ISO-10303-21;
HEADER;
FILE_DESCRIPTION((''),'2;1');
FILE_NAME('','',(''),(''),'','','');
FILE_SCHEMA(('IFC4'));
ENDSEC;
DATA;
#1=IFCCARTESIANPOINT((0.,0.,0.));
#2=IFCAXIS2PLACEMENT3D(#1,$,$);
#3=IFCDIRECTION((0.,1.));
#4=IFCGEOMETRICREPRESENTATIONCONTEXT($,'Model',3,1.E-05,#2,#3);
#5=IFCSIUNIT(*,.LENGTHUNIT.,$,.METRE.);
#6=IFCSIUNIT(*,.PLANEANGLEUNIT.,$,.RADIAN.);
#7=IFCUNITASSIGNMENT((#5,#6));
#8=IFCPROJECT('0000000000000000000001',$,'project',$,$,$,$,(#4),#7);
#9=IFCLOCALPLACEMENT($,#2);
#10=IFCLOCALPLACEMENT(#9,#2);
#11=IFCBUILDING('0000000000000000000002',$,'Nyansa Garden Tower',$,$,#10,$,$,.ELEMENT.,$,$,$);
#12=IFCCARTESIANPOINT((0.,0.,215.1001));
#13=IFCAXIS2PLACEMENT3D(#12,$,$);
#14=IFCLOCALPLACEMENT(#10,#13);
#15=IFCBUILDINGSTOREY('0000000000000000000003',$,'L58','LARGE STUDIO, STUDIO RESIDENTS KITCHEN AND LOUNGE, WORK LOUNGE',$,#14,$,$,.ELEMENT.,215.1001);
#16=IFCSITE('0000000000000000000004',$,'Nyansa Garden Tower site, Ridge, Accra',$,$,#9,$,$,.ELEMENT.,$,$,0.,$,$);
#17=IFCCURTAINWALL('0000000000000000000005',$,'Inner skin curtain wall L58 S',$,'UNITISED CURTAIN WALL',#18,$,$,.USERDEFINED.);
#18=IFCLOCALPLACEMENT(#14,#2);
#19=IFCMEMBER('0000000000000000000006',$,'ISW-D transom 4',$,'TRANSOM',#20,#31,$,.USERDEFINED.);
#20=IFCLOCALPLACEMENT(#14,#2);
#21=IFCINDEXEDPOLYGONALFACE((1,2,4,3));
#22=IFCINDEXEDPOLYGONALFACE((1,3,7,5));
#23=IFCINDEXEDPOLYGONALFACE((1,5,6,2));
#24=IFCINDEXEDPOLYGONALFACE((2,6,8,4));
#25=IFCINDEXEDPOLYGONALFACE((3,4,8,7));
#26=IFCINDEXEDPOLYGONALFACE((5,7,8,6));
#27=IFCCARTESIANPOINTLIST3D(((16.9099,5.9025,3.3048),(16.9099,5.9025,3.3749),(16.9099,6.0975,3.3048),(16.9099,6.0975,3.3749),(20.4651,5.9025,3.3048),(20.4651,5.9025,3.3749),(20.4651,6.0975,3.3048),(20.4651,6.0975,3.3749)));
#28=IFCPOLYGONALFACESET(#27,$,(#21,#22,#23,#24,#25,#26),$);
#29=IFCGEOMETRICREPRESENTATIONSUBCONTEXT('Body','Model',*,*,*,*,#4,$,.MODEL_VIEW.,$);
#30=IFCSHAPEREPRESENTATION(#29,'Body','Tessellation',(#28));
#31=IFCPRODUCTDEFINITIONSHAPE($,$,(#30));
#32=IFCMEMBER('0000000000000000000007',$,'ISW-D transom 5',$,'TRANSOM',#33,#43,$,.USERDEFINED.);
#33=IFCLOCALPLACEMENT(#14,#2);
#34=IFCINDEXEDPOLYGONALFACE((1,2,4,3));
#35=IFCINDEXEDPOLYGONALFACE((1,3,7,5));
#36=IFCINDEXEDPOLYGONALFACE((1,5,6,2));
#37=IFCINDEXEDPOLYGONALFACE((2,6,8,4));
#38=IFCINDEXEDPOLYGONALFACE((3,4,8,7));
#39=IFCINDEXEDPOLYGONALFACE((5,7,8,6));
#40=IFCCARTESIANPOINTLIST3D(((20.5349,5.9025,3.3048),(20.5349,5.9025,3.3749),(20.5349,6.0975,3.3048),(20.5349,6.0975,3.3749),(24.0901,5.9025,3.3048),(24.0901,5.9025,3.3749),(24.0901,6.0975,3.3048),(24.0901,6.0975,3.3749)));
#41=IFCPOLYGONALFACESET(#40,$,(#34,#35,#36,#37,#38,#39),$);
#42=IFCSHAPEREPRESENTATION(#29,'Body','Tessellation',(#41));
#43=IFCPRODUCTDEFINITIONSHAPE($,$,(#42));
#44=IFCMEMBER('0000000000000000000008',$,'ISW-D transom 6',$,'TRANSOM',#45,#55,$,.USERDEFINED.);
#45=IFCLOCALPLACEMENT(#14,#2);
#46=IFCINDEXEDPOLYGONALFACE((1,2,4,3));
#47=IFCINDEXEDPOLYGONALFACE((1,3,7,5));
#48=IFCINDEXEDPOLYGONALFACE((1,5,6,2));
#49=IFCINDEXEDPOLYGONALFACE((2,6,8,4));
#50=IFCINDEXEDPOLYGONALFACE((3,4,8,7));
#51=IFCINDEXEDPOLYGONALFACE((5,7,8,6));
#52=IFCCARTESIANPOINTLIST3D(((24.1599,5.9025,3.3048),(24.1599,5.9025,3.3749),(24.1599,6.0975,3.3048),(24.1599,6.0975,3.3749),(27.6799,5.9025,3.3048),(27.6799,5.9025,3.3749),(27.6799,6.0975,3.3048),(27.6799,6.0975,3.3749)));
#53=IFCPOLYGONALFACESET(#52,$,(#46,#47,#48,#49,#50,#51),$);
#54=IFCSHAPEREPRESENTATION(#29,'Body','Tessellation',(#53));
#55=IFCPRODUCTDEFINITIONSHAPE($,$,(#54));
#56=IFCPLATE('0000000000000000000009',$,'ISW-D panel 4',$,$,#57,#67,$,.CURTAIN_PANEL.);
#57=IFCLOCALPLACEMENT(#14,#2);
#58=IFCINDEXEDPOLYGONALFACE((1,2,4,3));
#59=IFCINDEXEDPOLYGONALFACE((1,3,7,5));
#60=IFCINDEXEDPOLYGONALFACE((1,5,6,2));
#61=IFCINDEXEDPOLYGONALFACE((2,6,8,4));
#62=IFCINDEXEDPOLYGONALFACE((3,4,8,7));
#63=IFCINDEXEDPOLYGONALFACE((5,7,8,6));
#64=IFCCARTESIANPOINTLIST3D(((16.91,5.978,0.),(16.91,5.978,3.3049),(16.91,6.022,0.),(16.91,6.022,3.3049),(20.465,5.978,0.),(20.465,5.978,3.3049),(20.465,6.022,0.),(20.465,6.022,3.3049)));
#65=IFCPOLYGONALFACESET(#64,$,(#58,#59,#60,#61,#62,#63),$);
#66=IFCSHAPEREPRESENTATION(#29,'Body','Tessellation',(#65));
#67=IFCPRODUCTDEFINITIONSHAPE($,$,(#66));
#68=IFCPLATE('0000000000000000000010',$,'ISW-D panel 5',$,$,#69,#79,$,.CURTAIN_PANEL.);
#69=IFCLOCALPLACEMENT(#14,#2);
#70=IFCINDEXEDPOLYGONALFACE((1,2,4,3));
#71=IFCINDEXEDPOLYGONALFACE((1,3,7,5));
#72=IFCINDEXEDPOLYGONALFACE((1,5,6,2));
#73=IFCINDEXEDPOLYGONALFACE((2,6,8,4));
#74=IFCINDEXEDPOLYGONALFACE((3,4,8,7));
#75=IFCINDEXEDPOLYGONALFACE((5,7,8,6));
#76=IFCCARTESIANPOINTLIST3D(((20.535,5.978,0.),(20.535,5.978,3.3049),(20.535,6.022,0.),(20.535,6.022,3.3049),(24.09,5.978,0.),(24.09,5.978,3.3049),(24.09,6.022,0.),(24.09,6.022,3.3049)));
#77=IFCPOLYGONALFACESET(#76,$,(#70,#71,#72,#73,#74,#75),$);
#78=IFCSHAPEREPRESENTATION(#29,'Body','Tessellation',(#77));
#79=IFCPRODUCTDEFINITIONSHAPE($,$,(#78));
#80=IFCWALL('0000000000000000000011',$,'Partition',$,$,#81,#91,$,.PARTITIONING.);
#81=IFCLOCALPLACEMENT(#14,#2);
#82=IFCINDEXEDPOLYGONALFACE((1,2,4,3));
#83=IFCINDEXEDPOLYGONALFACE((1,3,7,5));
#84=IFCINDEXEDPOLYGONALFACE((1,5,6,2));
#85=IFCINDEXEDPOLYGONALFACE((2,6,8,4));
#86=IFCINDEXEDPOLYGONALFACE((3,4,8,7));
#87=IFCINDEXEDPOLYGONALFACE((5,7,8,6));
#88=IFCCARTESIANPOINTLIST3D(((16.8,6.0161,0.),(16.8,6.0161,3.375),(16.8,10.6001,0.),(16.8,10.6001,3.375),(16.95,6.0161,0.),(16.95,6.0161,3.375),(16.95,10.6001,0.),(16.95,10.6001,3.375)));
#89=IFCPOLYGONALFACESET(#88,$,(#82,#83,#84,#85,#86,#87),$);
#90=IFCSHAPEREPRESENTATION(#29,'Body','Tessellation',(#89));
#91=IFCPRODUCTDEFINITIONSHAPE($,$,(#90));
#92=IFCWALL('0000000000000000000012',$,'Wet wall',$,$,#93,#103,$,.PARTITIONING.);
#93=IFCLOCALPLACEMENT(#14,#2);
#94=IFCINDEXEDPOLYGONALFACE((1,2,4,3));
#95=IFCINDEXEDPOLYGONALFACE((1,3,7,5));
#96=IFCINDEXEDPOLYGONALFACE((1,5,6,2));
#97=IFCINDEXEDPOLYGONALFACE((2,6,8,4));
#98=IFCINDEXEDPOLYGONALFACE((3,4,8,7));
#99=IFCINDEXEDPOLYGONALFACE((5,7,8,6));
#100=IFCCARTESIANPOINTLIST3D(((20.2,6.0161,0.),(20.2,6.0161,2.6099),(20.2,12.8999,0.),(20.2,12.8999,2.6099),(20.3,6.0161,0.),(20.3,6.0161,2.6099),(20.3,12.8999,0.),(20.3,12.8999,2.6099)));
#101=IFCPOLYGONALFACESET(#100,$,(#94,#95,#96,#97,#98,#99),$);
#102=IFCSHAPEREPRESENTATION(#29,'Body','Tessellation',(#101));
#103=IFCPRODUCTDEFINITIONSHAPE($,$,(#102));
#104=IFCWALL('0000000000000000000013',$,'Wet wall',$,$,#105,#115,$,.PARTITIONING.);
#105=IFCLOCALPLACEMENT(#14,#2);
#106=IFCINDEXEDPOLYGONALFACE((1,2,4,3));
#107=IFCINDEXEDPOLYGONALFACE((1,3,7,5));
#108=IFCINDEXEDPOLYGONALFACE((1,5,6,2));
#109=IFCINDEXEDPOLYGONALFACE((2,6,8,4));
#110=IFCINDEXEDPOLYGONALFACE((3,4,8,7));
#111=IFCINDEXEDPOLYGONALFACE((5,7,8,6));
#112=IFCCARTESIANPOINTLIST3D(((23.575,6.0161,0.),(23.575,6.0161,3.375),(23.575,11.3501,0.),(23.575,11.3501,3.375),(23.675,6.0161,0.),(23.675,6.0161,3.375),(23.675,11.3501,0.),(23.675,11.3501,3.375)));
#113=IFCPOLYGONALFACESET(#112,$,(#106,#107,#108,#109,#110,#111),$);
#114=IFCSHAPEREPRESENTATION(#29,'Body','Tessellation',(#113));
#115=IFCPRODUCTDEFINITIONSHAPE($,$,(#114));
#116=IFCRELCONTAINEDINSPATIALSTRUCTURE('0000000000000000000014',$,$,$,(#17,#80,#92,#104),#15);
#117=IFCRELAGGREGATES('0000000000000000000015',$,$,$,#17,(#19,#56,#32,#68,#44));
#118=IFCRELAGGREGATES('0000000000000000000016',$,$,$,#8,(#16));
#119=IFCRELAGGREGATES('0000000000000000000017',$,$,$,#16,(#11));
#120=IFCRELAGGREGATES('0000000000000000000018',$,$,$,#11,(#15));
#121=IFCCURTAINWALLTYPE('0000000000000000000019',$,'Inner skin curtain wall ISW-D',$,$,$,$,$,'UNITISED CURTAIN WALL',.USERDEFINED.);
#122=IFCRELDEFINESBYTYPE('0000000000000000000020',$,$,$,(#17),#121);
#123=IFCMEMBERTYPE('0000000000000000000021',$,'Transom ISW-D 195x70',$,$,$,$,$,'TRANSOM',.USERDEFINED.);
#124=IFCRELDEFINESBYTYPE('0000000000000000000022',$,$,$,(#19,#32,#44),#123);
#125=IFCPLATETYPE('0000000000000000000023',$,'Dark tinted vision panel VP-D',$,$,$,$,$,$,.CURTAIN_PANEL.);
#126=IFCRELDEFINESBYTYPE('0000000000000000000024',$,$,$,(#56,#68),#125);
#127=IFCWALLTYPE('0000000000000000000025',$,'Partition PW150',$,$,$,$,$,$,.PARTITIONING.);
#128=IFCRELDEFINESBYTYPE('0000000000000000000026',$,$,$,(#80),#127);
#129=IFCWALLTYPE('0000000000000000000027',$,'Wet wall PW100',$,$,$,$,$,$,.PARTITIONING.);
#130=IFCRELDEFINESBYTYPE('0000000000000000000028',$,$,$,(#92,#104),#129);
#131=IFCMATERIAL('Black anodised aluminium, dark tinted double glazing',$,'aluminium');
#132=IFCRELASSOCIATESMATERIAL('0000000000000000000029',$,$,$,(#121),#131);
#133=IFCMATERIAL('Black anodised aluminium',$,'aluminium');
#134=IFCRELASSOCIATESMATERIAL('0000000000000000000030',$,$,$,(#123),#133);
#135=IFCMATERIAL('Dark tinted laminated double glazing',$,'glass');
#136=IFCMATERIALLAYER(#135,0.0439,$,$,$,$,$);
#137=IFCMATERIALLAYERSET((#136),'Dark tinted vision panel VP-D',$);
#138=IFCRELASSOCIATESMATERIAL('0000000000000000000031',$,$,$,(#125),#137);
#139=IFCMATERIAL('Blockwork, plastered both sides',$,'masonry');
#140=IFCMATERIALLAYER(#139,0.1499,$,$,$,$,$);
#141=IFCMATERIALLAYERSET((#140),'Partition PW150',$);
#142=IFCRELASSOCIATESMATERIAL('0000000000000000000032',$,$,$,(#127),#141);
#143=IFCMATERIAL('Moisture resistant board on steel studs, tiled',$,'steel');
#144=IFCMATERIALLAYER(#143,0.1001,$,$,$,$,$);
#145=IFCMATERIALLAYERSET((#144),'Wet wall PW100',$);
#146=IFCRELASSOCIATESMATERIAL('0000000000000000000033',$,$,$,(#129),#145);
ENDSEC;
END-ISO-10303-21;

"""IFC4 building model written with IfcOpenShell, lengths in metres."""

from ifc_helpers import new_model, si_unit, direction, frame, frame_2d, origin, origin_2d, place, context, subcontext, project, spatial, rectangle, extrude, material, layer, layer_set, material_profile, profile_set, type_object, element, aggregate, save


model = new_model("IFC4")

# Units and contexts
model_context = context("Model", 3, precision=1e-05, world=origin(), true_north=direction((0.0, 1.0)))
body_context = subcontext(model_context, "Body", "Model", "MODEL_VIEW")
ifc_project = project(units=[si_unit("LENGTHUNIT", "METRE"), si_unit("PLANEANGLEUNIT", "RADIAN")], contexts=[model_context])

# Site, building, storey
site_placement = place(None, origin())
site = spatial("IfcSite", under=ifc_project, at=site_placement, Name="Nyansa Garden Tower site, Ridge, Accra", CompositionType="ELEMENT", RefElevation=0.0)
building_placement = place(site_placement, origin())
building = spatial("IfcBuilding", under=site, at=building_placement, Name="Nyansa Garden Tower", CompositionType="ELEMENT")
storey_placement = place(building_placement, frame((0.0, 0.0, 215.1001)))
storey = spatial("IfcBuildingStorey", under=building, at=storey_placement, Name="L58", Description="LARGE STUDIO, STUDIO RESIDENTS KITCHEN AND LOUNGE, WORK LOUNGE", CompositionType="ELEMENT", Elevation=215.1001)

# Curtain wall
ifc_material_1 = material(Name="Black anodised aluminium, dark tinted double glazing", Category="aluminium")
curtain_wall_type = type_object("IfcCurtainWallType", Name="Inner skin curtain wall ISW-D", ElementType="UNITISED CURTAIN WALL", PredefinedType="USERDEFINED", material=ifc_material_1)
curtain_wall_placement = place(storey_placement, origin())
curtain_wall = element("IfcCurtainWall", 1, at=curtain_wall_placement, inside=storey, type_object=curtain_wall_type, Name="Inner skin curtain wall L58 S", ObjectType="UNITISED CURTAIN WALL", PredefinedType="USERDEFINED")

# Members
ifc_material_2 = material(Name="Black anodised aluminium", Category="aluminium")
ifc_material_profile_1 = material_profile(ifc_material_2, rectangle(XDim=0.1951, YDim=0.0701, at=origin_2d()), Name="Transom 195x70")
ifc_profile_set_1 = profile_set([ifc_material_profile_1], Name="Black anodised aluminium")
member_type_1 = type_object("IfcMemberType", Name="Transom ISW-D 195x70", ElementType="TRANSOM", PredefinedType="USERDEFINED", material=ifc_profile_set_1)
member_1_placement = place(storey_placement, frame((16.9099, 6.0, 3.3398), z_axis=(1.0, 0.0, 0.0), x_axis=(0.0, 1.0, 0.0)))
member_1 = element("IfcMember", 2, at=member_1_placement, type_object=member_type_1, Name="ISW-D transom 4", ObjectType="TRANSOM", PredefinedType="USERDEFINED", context=body_context, shape_type="SweptSolid", body=[
    extrude(rectangle(XDim=0.1951, YDim=0.0701, at=origin_2d()), origin(), (0.0, 0.0, 1.0), 3.5552),
])
member_2_placement = place(storey_placement, frame((20.5349, 6.0, 3.3398), z_axis=(1.0, 0.0, 0.0), x_axis=(0.0, 1.0, 0.0)))
member_2 = element("IfcMember", 3, at=member_2_placement, type_object=member_type_1, Name="ISW-D transom 5", ObjectType="TRANSOM", PredefinedType="USERDEFINED", context=body_context, shape_type="SweptSolid", body=[
    extrude(rectangle(XDim=0.1951, YDim=0.0701, at=origin_2d()), origin(), (0.0, 0.0, 1.0), 3.5552),
])
member_3_placement = place(storey_placement, frame((24.1599, 6.0, 3.3398), z_axis=(1.0, 0.0, 0.0), x_axis=(0.0, 1.0, 0.0)))
member_3 = element("IfcMember", 4, at=member_3_placement, type_object=member_type_1, Name="ISW-D transom 6", ObjectType="TRANSOM", PredefinedType="USERDEFINED", context=body_context, shape_type="SweptSolid", body=[
    extrude(rectangle(XDim=0.1951, YDim=0.0701, at=origin_2d()), origin(), (0.0, 0.0, 1.0), 3.52),
])

# Plates
ifc_material_3 = material(Name="Dark tinted laminated double glazing", Category="glass")
ifc_layer_1 = layer(ifc_material_3, 0.0439)
ifc_layer_set_1 = layer_set([ifc_layer_1], Name="Dark tinted vision panel VP-D")
plate_type = type_object("IfcPlateType", Name="Dark tinted vision panel VP-D", PredefinedType="CURTAIN_PANEL", material=ifc_layer_set_1)
plate_1_placement = place(storey_placement, frame((18.6875, 6.0, 0.0), z_axis=(0.0, 0.0, 1.0), x_axis=(1.0, 0.0, 0.0)))
plate_1 = element("IfcPlate", 5, at=plate_1_placement, type_object=plate_type, Name="ISW-D panel 4", PredefinedType="CURTAIN_PANEL", context=body_context, shape_type="SweptSolid", body=[
    extrude(rectangle(XDim=3.5549, YDim=0.0439, at=origin_2d()), origin(), (0.0, 0.0, 1.0), 3.3049),
])
plate_2_placement = place(storey_placement, frame((22.3125, 6.0, 0.0), z_axis=(0.0, 0.0, 1.0), x_axis=(1.0, 0.0, 0.0)))
plate_2 = element("IfcPlate", 6, at=plate_2_placement, type_object=plate_type, Name="ISW-D panel 5", PredefinedType="CURTAIN_PANEL", context=body_context, shape_type="SweptSolid", body=[
    extrude(rectangle(XDim=3.5549, YDim=0.0439, at=origin_2d()), origin(), (0.0, 0.0, 1.0), 3.3049),
])
aggregate(curtain_wall, [member_1, plate_1, member_2, plate_2, member_3])

# Walls
ifc_material_4 = material(Name="Blockwork, plastered both sides", Category="masonry")
ifc_layer_2 = layer(ifc_material_4, 0.1499)
ifc_layer_set_2 = layer_set([ifc_layer_2], Name="Partition PW150")
wall_type_1 = type_object("IfcWallType", Name="Partition PW150", PredefinedType="PARTITIONING", material=ifc_layer_set_2)
wall_1_placement = place(storey_placement, frame((16.875, 6.0161, 0.0), z_axis=(0.0, 0.0, 1.0), x_axis=(0.0, 1.0, 0.0)))
element("IfcWall", 7, at=wall_1_placement, inside=storey, type_object=wall_type_1, Name="Partition", PredefinedType="PARTITIONING", context=body_context, shape_type="SweptSolid", body=[
    extrude(rectangle(XDim=4.584, YDim=0.1499, at=frame_2d((2.292, 0.0))), origin(), (0.0, 0.0, 1.0), 3.375),
])
ifc_material_5 = material(Name="Moisture resistant board on steel studs, tiled", Category="steel")
ifc_layer_3 = layer(ifc_material_5, 0.1001)
ifc_layer_set_3 = layer_set([ifc_layer_3], Name="Wet wall PW100")
wall_type_2 = type_object("IfcWallType", Name="Wet wall PW100", PredefinedType="PARTITIONING", material=ifc_layer_set_3)
wall_2_placement = place(storey_placement, frame((20.25, 6.0161, 0.0), z_axis=(0.0, 0.0, 1.0), x_axis=(0.0, 1.0, 0.0)))
element("IfcWall", 8, at=wall_2_placement, inside=storey, type_object=wall_type_2, Name="Wet wall", PredefinedType="PARTITIONING", context=body_context, shape_type="SweptSolid", body=[
    extrude(rectangle(XDim=6.8838, YDim=0.1001, at=frame_2d((3.4419, 0.0))), origin(), (0.0, 0.0, 1.0), 2.6099),
])
wall_3_placement = place(storey_placement, frame((23.625, 6.0161, 0.0), z_axis=(0.0, 0.0, 1.0), x_axis=(0.0, 1.0, 0.0)))
element("IfcWall", 9, at=wall_3_placement, inside=storey, type_object=wall_type_2, Name="Wet wall", PredefinedType="PARTITIONING", context=body_context, shape_type="SweptSolid", body=[
    extrude(rectangle(XDim=5.334, YDim=0.1001, at=frame_2d((2.667, 0.0))), origin(), (0.0, 0.0, 1.0), 3.375),
])

save(model, "model.ifc")
